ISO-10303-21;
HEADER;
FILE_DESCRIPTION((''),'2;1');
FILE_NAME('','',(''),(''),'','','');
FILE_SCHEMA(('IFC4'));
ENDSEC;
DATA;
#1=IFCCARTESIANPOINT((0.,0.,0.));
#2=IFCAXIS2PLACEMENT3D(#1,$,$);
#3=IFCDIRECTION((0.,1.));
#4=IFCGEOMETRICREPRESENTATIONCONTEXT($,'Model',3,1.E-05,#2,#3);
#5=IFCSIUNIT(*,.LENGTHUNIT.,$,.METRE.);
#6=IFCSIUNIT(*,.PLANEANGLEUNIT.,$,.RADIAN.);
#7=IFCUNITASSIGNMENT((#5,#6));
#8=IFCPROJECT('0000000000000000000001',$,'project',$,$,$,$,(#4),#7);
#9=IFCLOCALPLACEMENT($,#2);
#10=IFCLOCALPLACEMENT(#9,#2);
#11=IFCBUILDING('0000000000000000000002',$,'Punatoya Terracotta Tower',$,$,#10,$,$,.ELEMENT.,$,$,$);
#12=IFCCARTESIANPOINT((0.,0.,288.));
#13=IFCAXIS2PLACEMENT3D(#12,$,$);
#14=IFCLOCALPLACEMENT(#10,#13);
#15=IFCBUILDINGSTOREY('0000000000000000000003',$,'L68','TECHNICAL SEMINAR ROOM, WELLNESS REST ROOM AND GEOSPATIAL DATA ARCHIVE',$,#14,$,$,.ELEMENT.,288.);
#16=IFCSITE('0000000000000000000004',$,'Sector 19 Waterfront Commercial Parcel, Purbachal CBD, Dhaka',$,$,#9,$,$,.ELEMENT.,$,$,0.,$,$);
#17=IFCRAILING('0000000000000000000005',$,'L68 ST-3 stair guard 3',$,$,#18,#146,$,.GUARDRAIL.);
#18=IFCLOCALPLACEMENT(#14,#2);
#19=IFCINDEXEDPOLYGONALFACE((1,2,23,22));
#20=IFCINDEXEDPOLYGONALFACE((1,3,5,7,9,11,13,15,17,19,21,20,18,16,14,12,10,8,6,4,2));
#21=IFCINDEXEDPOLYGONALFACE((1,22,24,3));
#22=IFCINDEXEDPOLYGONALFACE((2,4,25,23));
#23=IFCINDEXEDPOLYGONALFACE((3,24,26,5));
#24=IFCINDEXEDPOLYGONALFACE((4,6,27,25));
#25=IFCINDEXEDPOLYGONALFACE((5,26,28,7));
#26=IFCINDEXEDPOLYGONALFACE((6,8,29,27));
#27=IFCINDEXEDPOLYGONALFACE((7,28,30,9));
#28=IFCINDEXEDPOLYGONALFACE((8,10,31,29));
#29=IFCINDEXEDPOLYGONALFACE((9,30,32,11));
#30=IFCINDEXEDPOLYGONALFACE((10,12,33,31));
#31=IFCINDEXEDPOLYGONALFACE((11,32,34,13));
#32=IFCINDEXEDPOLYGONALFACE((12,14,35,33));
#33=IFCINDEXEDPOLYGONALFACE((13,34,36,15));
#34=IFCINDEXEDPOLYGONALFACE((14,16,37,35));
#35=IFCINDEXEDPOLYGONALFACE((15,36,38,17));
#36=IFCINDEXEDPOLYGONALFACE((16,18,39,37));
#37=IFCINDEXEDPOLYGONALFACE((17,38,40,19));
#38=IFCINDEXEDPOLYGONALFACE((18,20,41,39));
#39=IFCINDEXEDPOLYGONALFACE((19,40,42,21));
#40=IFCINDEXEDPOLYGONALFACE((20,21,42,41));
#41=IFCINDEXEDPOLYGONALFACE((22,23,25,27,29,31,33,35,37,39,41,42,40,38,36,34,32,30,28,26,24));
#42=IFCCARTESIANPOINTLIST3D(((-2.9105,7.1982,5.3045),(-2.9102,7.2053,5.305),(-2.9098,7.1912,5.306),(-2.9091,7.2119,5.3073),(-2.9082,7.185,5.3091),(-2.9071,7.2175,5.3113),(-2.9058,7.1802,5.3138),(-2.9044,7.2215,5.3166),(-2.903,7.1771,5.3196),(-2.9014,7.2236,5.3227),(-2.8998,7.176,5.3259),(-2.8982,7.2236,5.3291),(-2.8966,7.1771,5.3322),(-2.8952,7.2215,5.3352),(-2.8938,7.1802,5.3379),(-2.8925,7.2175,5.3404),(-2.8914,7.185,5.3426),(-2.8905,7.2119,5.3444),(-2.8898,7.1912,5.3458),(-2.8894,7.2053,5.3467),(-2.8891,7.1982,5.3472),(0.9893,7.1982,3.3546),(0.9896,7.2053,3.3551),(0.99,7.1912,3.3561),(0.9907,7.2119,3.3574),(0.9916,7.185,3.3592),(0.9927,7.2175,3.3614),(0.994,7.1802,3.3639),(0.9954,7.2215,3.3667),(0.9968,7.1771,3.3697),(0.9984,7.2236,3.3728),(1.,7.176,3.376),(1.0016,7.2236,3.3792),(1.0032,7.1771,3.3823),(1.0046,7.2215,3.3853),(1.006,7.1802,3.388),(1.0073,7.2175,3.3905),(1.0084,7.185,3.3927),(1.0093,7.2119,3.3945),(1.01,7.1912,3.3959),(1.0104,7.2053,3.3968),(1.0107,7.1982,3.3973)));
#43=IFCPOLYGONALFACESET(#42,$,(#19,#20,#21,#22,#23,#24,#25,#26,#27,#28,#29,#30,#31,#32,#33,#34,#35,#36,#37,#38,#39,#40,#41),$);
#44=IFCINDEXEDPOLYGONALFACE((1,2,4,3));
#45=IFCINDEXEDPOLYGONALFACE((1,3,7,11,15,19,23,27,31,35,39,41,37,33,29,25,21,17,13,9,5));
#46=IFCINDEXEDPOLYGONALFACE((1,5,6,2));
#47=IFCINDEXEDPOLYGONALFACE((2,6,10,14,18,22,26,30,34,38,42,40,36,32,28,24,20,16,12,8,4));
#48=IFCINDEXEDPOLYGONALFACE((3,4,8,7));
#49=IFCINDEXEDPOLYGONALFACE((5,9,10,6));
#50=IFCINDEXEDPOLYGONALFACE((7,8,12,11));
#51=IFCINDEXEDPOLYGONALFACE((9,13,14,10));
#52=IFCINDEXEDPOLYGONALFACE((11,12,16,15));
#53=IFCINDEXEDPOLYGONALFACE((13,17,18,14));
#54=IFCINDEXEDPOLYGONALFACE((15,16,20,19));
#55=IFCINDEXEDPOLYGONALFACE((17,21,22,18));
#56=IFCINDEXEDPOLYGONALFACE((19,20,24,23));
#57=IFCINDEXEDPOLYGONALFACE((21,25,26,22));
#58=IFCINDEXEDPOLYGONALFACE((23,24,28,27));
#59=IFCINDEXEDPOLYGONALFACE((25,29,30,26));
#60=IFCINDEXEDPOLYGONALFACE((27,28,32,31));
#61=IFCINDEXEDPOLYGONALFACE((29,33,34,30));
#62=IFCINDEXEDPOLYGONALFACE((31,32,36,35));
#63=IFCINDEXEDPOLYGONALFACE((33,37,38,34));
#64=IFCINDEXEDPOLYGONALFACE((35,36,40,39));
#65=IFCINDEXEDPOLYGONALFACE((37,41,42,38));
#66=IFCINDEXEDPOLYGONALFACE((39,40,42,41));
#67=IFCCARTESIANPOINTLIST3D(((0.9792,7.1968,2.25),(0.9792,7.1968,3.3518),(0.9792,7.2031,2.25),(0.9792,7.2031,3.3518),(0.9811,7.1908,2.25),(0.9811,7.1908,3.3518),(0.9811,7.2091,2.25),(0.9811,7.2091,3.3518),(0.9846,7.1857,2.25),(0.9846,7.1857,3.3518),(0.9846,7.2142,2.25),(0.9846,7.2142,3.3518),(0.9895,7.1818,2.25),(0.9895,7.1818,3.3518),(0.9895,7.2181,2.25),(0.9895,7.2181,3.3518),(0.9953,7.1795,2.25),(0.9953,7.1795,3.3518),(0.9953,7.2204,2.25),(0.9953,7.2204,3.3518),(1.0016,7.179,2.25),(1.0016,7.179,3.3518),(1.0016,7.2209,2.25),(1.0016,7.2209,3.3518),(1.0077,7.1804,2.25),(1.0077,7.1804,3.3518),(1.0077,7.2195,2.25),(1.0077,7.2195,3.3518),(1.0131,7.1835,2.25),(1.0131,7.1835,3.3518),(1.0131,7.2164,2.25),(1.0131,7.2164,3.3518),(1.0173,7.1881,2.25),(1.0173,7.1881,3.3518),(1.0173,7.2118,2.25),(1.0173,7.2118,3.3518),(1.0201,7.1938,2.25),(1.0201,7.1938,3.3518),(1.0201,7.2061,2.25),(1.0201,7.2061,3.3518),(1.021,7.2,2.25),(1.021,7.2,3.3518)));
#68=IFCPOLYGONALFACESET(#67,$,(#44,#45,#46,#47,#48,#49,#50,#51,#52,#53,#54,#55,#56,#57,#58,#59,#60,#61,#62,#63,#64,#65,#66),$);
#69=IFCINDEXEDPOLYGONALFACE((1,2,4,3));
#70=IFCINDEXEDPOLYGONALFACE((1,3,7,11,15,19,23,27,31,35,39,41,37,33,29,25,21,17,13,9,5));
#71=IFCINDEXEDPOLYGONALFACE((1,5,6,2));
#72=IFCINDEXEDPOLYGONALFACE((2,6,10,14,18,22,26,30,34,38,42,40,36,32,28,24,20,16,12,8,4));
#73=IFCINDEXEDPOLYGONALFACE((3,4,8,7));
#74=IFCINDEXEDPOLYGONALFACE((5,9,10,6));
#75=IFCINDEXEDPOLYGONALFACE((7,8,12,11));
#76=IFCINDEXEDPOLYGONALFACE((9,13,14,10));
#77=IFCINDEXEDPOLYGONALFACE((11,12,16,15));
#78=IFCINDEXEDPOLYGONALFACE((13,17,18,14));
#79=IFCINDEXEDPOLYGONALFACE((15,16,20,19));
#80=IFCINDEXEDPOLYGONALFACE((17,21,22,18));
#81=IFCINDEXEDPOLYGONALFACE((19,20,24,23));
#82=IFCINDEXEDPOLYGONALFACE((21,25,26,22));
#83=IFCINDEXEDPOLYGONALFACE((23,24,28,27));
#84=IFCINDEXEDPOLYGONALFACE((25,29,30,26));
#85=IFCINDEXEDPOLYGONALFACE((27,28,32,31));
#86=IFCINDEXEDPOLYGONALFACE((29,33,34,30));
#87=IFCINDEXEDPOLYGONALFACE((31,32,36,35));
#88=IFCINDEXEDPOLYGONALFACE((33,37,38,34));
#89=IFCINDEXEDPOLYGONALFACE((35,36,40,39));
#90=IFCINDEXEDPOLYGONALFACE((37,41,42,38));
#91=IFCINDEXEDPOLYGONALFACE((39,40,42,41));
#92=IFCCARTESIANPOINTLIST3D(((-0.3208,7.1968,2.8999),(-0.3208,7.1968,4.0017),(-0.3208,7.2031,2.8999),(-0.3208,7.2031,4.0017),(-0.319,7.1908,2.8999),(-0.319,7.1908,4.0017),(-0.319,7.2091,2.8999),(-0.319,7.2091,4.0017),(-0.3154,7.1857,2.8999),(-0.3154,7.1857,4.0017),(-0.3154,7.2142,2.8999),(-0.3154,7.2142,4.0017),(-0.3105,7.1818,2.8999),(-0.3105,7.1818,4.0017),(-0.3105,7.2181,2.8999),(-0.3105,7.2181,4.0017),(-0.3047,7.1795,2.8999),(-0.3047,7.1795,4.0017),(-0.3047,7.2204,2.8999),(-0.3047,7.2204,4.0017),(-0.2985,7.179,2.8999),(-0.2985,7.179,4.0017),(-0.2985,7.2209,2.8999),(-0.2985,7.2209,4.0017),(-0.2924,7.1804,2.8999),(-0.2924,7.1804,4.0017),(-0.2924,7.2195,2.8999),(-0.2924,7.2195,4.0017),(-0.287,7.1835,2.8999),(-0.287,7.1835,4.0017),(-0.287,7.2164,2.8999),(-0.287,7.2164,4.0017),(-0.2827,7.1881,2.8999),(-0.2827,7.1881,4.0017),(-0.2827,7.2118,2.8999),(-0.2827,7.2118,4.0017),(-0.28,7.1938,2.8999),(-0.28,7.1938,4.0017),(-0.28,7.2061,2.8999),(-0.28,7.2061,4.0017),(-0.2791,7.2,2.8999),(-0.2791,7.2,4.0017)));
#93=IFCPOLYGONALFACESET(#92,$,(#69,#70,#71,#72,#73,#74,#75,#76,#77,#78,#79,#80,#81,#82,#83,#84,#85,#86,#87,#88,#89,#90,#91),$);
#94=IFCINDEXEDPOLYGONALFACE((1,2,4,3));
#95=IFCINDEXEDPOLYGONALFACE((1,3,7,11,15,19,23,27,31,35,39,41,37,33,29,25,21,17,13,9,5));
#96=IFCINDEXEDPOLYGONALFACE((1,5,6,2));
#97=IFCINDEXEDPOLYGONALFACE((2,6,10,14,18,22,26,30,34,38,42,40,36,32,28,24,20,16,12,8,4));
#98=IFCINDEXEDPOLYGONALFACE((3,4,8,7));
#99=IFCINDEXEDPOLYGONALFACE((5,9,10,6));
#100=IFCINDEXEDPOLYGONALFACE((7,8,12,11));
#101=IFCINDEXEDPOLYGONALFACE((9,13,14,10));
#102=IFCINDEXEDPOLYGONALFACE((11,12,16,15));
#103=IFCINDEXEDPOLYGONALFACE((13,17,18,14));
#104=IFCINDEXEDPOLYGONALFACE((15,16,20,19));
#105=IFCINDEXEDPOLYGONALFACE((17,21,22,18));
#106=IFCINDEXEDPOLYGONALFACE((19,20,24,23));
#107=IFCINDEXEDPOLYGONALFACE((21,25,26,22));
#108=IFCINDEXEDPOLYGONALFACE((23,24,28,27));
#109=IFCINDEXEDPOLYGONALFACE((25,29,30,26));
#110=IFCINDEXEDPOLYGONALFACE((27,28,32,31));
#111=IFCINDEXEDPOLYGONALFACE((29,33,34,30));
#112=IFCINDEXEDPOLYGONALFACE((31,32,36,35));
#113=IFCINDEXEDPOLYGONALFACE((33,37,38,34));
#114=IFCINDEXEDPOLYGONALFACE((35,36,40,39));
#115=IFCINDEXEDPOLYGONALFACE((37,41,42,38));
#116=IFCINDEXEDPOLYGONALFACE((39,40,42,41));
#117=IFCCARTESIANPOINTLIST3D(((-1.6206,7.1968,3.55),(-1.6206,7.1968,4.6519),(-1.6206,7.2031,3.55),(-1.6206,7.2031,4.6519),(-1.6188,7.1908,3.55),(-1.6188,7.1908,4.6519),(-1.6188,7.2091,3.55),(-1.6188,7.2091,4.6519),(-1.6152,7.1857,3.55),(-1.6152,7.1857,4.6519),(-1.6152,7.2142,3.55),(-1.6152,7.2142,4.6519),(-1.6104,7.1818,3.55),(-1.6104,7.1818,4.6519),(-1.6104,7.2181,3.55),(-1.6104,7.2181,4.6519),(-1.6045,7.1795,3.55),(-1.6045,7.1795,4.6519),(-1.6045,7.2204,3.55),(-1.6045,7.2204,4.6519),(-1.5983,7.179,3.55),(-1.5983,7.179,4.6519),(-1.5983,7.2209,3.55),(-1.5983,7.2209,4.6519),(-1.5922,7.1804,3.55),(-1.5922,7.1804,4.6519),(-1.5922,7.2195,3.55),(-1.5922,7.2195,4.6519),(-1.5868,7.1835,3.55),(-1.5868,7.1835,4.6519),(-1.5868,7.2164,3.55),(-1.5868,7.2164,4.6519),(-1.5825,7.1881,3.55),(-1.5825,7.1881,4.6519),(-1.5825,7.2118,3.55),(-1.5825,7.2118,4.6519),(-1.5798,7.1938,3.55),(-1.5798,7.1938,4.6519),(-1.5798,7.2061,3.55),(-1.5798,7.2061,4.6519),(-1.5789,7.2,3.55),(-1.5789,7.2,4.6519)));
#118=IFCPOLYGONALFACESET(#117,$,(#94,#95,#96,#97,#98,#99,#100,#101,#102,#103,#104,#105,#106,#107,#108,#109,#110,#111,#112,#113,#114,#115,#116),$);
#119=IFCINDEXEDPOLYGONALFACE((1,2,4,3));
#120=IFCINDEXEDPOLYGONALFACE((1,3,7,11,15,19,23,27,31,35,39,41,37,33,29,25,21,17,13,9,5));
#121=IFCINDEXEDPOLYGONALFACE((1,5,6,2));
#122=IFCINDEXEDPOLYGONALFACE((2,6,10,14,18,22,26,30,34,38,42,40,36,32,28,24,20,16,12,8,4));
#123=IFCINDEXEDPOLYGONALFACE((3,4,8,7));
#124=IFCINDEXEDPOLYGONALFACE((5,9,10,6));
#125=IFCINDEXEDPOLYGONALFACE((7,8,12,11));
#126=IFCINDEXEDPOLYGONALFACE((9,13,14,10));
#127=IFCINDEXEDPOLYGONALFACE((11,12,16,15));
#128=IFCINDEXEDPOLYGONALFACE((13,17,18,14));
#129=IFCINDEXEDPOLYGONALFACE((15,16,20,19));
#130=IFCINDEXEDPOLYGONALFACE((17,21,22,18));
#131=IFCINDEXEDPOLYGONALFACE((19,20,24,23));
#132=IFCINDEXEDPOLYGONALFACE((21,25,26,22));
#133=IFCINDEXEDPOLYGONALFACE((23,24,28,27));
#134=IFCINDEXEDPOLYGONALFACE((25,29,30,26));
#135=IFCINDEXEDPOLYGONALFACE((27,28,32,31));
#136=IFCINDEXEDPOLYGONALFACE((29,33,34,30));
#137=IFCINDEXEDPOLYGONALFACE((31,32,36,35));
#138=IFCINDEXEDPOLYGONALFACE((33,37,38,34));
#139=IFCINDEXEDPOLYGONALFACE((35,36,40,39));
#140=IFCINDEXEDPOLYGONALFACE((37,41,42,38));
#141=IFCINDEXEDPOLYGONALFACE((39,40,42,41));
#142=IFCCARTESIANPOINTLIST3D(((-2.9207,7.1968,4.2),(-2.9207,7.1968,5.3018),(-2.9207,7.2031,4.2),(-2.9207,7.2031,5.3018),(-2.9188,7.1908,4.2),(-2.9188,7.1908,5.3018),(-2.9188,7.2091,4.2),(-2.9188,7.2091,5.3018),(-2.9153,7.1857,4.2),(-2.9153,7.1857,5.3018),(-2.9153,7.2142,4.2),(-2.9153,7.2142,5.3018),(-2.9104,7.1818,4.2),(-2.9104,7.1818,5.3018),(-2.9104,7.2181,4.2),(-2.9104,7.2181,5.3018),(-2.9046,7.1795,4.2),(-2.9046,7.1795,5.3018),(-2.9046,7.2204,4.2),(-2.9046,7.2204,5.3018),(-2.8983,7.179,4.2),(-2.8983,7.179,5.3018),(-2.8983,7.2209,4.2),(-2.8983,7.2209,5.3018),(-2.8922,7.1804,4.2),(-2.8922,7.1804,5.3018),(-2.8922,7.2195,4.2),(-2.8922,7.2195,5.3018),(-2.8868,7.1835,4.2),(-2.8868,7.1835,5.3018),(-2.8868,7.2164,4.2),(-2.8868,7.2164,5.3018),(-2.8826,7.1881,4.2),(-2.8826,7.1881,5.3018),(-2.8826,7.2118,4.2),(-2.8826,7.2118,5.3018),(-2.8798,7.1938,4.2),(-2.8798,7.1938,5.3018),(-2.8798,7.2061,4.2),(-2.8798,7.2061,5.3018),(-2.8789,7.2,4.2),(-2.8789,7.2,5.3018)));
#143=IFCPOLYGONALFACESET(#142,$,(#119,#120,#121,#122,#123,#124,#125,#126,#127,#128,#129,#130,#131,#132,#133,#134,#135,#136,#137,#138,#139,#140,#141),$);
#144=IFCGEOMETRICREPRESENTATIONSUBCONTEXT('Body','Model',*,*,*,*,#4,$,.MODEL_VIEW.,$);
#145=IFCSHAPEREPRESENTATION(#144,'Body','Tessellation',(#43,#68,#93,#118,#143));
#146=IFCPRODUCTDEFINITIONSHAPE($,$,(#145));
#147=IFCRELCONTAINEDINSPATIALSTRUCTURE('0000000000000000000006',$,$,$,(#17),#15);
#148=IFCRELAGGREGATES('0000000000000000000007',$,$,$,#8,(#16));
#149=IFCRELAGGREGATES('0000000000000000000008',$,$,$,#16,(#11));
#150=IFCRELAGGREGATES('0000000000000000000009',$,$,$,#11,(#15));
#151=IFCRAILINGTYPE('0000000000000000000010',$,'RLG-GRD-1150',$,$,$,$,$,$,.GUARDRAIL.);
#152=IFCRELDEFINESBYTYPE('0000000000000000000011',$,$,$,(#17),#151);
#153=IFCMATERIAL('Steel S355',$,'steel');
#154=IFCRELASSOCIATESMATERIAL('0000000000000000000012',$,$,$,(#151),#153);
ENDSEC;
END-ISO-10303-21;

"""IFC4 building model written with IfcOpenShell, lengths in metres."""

from ifc_helpers import new_model, si_unit, direction, frame, origin, origin_2d, place, context, subcontext, project, spatial, circle, extrude, material, type_object, element, save


model = new_model("IFC4")

# Units and contexts
model_context = context("Model", 3, precision=1e-05, world=origin(), true_north=direction((0.0, 1.0)))
body_context = subcontext(model_context, "Body", "Model", "MODEL_VIEW")
ifc_project = project(units=[si_unit("LENGTHUNIT", "METRE"), si_unit("PLANEANGLEUNIT", "RADIAN")], contexts=[model_context])

# Site, building, storey
site_placement = place(None, origin())
site = spatial("IfcSite", under=ifc_project, at=site_placement, Name="Sector 19 Waterfront Commercial Parcel, Purbachal CBD, Dhaka", CompositionType="ELEMENT", RefElevation=0.0)
building_placement = place(site_placement, origin())
building = spatial("IfcBuilding", under=site, at=building_placement, Name="Punatoya Terracotta Tower", CompositionType="ELEMENT")
storey_placement = place(building_placement, frame((0.0, 0.0, 288.0)))
storey = spatial("IfcBuildingStorey", under=building, at=storey_placement, Name="L68", Description="TECHNICAL SEMINAR ROOM, WELLNESS REST ROOM AND GEOSPATIAL DATA ARCHIVE", CompositionType="ELEMENT", Elevation=288.0)

# Shared definitions
ifc_material_1 = material(Name="Steel S355", Category="steel")

# Railing
railing_type_1 = type_object("IfcRailingType", Name="RLG-GRD-1150", PredefinedType="GUARDRAIL", material=ifc_material_1)
railing_1_placement = place(storey_placement, frame((1.0, 7.2, 2.25)))
element("IfcRailing", 1, at=railing_1_placement, inside=storey, type_object=railing_type_1, Name="L68 ST-3 stair guard 3", PredefinedType="GUARDRAIL", context=body_context, shape_type="SweptSolid", body=[
    extrude(circle(Radius=0.0239, at=origin_2d()), frame((0.0, 0.0, 1.126), z_axis=(-0.894427, 0.0, 0.447214), x_axis=(0.0, -1.0, 0.0)), (0.0, 0.0, 1.0), 4.3601),
    extrude(circle(Radius=0.021, at=origin_2d()), origin(), (0.0, 0.0, 1.0), 1.1018),
    extrude(circle(Radius=0.021, at=origin_2d()), frame((-1.3, 0.0, 0.6499)), (0.0, 0.0, 1.0), 1.1018),
    extrude(circle(Radius=0.021, at=origin_2d()), frame((-2.5999, 0.0, 1.3)), (0.0, 0.0, 1.0), 1.1018),
    extrude(circle(Radius=0.021, at=origin_2d()), frame((-3.8999, 0.0, 1.95)), (0.0, 0.0, 1.0), 1.1018),
])

save(model, "model.ifc")
